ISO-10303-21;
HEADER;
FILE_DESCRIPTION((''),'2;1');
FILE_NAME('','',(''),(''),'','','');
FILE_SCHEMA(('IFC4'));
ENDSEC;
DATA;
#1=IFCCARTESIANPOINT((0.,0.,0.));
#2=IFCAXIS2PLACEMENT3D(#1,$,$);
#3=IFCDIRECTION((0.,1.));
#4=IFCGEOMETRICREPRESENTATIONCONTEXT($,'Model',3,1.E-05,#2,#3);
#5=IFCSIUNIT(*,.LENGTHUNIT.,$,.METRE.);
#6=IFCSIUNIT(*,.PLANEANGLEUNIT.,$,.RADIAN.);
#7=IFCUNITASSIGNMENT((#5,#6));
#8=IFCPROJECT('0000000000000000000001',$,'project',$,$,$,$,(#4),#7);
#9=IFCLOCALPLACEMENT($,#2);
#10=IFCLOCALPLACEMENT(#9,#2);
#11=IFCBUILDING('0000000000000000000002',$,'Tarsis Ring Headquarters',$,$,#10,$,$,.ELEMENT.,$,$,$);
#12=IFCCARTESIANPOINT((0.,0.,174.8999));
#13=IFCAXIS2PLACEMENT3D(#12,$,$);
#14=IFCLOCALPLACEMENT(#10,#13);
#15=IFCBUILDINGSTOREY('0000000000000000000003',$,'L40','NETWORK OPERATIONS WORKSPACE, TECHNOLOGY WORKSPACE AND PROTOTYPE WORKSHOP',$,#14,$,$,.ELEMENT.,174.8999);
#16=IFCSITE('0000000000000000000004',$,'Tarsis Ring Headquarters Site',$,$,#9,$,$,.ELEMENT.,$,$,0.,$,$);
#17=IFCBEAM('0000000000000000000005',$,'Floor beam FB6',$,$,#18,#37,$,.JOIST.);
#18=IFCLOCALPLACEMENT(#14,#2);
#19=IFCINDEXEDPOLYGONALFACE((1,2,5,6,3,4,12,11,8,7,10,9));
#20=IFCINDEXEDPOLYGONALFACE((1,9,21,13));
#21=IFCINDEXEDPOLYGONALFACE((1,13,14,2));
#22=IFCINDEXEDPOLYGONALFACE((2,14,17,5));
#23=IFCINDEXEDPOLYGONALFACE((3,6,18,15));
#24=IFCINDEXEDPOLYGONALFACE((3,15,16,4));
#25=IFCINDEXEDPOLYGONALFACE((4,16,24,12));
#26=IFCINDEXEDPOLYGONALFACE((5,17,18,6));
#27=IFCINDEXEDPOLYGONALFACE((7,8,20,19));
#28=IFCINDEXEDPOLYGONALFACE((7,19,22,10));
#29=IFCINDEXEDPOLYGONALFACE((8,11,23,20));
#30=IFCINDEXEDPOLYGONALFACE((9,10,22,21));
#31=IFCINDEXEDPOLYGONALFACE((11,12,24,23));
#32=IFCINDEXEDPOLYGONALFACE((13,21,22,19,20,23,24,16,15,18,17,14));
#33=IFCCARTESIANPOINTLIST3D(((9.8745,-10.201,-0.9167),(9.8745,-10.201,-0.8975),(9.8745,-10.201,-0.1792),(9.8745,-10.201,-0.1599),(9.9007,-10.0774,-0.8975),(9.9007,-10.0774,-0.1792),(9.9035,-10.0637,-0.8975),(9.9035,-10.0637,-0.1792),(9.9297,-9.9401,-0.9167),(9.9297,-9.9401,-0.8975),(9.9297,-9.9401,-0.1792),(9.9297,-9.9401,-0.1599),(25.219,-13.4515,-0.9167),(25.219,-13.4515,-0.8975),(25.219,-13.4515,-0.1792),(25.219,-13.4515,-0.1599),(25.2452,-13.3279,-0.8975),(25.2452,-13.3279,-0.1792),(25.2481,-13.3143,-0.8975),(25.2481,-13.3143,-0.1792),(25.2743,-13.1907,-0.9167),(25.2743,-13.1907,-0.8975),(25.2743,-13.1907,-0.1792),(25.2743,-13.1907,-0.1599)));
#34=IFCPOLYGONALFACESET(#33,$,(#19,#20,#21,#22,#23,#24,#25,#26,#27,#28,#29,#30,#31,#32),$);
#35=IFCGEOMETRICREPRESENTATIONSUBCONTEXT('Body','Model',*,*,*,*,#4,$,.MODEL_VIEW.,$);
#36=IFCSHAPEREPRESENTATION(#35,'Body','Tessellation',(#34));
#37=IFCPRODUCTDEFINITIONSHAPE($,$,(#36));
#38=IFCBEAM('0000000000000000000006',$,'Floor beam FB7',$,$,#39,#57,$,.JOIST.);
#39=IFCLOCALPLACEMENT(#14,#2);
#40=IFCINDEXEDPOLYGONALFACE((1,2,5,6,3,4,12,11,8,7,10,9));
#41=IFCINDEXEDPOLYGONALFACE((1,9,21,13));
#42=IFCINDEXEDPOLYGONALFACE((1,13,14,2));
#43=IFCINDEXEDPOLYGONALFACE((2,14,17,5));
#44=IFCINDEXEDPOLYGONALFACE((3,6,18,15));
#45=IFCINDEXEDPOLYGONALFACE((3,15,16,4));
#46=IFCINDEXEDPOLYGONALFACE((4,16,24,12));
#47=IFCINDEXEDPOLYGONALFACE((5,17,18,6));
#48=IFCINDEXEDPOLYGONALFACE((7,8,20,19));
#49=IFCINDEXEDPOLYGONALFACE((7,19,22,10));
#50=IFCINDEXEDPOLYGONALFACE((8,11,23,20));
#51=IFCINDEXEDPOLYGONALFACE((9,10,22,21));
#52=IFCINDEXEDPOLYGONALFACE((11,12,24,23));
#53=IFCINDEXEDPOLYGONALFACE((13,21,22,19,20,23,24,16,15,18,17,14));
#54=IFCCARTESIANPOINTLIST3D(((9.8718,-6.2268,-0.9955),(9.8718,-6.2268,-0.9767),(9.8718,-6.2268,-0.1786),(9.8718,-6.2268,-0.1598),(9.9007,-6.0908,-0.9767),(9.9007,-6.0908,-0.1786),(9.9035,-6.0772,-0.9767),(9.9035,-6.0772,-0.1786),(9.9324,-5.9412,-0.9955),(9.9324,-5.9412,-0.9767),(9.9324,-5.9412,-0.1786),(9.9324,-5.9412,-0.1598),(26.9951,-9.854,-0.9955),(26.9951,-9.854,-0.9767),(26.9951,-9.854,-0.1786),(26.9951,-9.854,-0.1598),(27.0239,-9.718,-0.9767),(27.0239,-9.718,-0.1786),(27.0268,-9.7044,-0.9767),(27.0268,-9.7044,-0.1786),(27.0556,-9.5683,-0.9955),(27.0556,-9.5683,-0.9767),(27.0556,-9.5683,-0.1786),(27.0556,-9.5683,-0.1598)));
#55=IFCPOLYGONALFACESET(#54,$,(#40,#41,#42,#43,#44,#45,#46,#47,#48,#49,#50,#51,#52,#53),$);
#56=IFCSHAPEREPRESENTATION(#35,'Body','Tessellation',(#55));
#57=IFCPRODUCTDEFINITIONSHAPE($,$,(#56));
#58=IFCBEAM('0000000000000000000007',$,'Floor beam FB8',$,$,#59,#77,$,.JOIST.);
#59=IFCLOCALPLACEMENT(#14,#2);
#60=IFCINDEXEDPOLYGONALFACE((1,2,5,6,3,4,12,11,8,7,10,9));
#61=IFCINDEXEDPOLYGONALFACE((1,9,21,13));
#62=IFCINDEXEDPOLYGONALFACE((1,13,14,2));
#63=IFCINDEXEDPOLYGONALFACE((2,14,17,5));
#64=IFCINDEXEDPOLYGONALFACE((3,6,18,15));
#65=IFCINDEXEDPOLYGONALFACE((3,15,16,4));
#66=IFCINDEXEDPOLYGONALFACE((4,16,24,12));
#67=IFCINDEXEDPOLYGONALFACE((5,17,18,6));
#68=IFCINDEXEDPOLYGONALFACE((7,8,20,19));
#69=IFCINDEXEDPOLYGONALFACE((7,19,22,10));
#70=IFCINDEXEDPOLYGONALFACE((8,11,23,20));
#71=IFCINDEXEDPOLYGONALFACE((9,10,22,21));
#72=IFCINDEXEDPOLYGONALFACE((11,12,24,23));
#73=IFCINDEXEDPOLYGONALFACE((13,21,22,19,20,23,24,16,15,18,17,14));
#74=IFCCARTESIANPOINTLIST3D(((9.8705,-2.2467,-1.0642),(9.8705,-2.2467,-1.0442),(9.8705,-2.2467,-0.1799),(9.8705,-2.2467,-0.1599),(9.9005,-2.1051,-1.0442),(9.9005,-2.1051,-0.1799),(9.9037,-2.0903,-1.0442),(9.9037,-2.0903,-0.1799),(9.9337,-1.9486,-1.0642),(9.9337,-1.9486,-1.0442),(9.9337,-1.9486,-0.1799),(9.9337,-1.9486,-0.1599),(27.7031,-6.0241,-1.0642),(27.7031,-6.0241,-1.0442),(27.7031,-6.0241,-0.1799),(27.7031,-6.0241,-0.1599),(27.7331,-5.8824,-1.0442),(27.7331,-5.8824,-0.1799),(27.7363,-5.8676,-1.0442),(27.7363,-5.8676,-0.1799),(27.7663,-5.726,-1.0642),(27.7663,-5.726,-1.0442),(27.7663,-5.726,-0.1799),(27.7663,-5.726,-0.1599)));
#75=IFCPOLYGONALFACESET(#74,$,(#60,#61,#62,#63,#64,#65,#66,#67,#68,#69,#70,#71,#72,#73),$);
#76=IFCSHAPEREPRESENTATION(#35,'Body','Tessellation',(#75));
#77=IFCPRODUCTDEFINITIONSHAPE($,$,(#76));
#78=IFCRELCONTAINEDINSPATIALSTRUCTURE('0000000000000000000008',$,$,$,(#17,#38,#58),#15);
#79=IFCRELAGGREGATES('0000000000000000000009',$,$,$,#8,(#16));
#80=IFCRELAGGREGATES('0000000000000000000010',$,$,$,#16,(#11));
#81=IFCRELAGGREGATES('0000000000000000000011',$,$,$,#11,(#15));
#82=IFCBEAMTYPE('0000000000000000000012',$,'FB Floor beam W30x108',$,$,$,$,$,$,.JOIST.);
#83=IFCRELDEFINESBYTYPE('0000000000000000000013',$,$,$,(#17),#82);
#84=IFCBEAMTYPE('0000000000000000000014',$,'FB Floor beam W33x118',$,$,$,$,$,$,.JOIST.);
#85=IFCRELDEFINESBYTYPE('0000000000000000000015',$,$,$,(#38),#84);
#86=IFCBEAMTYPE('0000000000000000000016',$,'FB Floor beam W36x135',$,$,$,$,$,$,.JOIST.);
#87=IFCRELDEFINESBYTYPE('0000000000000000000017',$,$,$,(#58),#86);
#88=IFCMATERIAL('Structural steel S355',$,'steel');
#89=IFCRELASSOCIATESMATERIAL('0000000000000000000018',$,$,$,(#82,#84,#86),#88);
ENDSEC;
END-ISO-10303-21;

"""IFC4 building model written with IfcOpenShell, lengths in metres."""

from ifc_helpers import new_model, si_unit, direction, frame, origin, origin_2d, place, context, subcontext, project, spatial, i_section, extrude, material, material_profile, profile_set, type_object, element, save


model = new_model("IFC4")

# Units and contexts
model_context = context("Model", 3, precision=1e-05, world=origin(), true_north=direction((0.0, 1.0)))
body_context = subcontext(model_context, "Body", "Model", "MODEL_VIEW")
ifc_project = project(units=[si_unit("LENGTHUNIT", "METRE"), si_unit("PLANEANGLEUNIT", "RADIAN")], contexts=[model_context])

# Site, building, storey
site_placement = place(None, origin())
site = spatial("IfcSite", under=ifc_project, at=site_placement, Name="Tarsis Ring Headquarters Site", CompositionType="ELEMENT", RefElevation=0.0)
building_placement = place(site_placement, origin())
building = spatial("IfcBuilding", under=site, at=building_placement, Name="Tarsis Ring Headquarters", CompositionType="ELEMENT")
storey_placement = place(building_placement, frame((0.0, 0.0, 174.8999)))
storey = spatial("IfcBuildingStorey", under=building, at=storey_placement, Name="L40", Description="NETWORK OPERATIONS WORKSPACE, TECHNOLOGY WORKSPACE AND PROTOTYPE WORKSHOP", CompositionType="ELEMENT", Elevation=174.8999)

# Beams
ifc_material_1 = material(Name="Structural steel S355", Category="steel")
ifc_material_profile_1 = material_profile(ifc_material_1, i_section(OverallWidth=0.2666, OverallDepth=0.7568, WebThickness=0.0139, FlangeThickness=0.0193, at=origin_2d()), Name="W30x108")
ifc_profile_set_1 = profile_set([ifc_material_profile_1], Name="Structural steel S355")
beam_type_1 = type_object("IfcBeamType", Name="FB Floor beam W30x108", PredefinedType="JOIST", material=ifc_profile_set_1)
beam_1_placement = place(storey_placement, frame((9.9021, -10.0706, -0.5383), z_axis=(0.978291, -0.207236, 0.0), x_axis=(0.207236, 0.978291, 0.0)))
element("IfcBeam", 1, at=beam_1_placement, inside=storey, type_object=beam_type_1, Name="Floor beam FB6", PredefinedType="JOIST", context=body_context, shape_type="SweptSolid", body=[
    extrude(i_section(OverallWidth=0.2666, OverallDepth=0.7568, WebThickness=0.0139, FlangeThickness=0.0193, at=origin_2d()), origin(), (0.0, 0.0, 1.0), 15.6851),
])
ifc_material_profile_2 = material_profile(ifc_material_1, i_section(OverallWidth=0.292, OverallDepth=0.8357, WebThickness=0.0139, FlangeThickness=0.0188, at=origin_2d()), Name="W33x118")
ifc_profile_set_2 = profile_set([ifc_material_profile_2], Name="Structural steel S355")
beam_type_2 = type_object("IfcBeamType", Name="FB Floor beam W33x118", PredefinedType="JOIST", material=ifc_profile_set_2)
beam_2_placement = place(storey_placement, frame((9.9021, -6.084, -0.5776), z_axis=(0.978292, -0.20723, 0.0), x_axis=(0.20723, 0.978292, 0.0)))
element("IfcBeam", 2, at=beam_2_placement, inside=storey, type_object=beam_type_2, Name="Floor beam FB7", PredefinedType="JOIST", context=body_context, shape_type="SweptSolid", body=[
    extrude(i_section(OverallWidth=0.292, OverallDepth=0.8357, WebThickness=0.0139, FlangeThickness=0.0188, at=origin_2d()), origin(), (0.0, 0.0, 1.0), 17.5032),
])
ifc_material_profile_3 = material_profile(ifc_material_1, i_section(OverallWidth=0.3047, OverallDepth=0.9043, WebThickness=0.0151, FlangeThickness=0.02, at=origin_2d()), Name="W36x135")
ifc_profile_set_3 = profile_set([ifc_material_profile_3], Name="Structural steel S355")
beam_type_3 = type_object("IfcBeamType", Name="FB Floor beam W36x135", PredefinedType="JOIST", material=ifc_profile_set_3)
beam_3_placement = place(storey_placement, frame((9.9021, -2.0977, -0.6121), z_axis=(0.978293, -0.207225, 0.0), x_axis=(0.207225, 0.978293, 0.0)))
element("IfcBeam", 3, at=beam_3_placement, inside=storey, type_object=beam_type_3, Name="Floor beam FB8", PredefinedType="JOIST", context=body_context, shape_type="SweptSolid", body=[
    extrude(i_section(OverallWidth=0.3047, OverallDepth=0.9043, WebThickness=0.0151, FlangeThickness=0.02, at=origin_2d()), origin(), (0.0, 0.0, 1.0), 18.2283),
])

save(model, "model.ifc")
